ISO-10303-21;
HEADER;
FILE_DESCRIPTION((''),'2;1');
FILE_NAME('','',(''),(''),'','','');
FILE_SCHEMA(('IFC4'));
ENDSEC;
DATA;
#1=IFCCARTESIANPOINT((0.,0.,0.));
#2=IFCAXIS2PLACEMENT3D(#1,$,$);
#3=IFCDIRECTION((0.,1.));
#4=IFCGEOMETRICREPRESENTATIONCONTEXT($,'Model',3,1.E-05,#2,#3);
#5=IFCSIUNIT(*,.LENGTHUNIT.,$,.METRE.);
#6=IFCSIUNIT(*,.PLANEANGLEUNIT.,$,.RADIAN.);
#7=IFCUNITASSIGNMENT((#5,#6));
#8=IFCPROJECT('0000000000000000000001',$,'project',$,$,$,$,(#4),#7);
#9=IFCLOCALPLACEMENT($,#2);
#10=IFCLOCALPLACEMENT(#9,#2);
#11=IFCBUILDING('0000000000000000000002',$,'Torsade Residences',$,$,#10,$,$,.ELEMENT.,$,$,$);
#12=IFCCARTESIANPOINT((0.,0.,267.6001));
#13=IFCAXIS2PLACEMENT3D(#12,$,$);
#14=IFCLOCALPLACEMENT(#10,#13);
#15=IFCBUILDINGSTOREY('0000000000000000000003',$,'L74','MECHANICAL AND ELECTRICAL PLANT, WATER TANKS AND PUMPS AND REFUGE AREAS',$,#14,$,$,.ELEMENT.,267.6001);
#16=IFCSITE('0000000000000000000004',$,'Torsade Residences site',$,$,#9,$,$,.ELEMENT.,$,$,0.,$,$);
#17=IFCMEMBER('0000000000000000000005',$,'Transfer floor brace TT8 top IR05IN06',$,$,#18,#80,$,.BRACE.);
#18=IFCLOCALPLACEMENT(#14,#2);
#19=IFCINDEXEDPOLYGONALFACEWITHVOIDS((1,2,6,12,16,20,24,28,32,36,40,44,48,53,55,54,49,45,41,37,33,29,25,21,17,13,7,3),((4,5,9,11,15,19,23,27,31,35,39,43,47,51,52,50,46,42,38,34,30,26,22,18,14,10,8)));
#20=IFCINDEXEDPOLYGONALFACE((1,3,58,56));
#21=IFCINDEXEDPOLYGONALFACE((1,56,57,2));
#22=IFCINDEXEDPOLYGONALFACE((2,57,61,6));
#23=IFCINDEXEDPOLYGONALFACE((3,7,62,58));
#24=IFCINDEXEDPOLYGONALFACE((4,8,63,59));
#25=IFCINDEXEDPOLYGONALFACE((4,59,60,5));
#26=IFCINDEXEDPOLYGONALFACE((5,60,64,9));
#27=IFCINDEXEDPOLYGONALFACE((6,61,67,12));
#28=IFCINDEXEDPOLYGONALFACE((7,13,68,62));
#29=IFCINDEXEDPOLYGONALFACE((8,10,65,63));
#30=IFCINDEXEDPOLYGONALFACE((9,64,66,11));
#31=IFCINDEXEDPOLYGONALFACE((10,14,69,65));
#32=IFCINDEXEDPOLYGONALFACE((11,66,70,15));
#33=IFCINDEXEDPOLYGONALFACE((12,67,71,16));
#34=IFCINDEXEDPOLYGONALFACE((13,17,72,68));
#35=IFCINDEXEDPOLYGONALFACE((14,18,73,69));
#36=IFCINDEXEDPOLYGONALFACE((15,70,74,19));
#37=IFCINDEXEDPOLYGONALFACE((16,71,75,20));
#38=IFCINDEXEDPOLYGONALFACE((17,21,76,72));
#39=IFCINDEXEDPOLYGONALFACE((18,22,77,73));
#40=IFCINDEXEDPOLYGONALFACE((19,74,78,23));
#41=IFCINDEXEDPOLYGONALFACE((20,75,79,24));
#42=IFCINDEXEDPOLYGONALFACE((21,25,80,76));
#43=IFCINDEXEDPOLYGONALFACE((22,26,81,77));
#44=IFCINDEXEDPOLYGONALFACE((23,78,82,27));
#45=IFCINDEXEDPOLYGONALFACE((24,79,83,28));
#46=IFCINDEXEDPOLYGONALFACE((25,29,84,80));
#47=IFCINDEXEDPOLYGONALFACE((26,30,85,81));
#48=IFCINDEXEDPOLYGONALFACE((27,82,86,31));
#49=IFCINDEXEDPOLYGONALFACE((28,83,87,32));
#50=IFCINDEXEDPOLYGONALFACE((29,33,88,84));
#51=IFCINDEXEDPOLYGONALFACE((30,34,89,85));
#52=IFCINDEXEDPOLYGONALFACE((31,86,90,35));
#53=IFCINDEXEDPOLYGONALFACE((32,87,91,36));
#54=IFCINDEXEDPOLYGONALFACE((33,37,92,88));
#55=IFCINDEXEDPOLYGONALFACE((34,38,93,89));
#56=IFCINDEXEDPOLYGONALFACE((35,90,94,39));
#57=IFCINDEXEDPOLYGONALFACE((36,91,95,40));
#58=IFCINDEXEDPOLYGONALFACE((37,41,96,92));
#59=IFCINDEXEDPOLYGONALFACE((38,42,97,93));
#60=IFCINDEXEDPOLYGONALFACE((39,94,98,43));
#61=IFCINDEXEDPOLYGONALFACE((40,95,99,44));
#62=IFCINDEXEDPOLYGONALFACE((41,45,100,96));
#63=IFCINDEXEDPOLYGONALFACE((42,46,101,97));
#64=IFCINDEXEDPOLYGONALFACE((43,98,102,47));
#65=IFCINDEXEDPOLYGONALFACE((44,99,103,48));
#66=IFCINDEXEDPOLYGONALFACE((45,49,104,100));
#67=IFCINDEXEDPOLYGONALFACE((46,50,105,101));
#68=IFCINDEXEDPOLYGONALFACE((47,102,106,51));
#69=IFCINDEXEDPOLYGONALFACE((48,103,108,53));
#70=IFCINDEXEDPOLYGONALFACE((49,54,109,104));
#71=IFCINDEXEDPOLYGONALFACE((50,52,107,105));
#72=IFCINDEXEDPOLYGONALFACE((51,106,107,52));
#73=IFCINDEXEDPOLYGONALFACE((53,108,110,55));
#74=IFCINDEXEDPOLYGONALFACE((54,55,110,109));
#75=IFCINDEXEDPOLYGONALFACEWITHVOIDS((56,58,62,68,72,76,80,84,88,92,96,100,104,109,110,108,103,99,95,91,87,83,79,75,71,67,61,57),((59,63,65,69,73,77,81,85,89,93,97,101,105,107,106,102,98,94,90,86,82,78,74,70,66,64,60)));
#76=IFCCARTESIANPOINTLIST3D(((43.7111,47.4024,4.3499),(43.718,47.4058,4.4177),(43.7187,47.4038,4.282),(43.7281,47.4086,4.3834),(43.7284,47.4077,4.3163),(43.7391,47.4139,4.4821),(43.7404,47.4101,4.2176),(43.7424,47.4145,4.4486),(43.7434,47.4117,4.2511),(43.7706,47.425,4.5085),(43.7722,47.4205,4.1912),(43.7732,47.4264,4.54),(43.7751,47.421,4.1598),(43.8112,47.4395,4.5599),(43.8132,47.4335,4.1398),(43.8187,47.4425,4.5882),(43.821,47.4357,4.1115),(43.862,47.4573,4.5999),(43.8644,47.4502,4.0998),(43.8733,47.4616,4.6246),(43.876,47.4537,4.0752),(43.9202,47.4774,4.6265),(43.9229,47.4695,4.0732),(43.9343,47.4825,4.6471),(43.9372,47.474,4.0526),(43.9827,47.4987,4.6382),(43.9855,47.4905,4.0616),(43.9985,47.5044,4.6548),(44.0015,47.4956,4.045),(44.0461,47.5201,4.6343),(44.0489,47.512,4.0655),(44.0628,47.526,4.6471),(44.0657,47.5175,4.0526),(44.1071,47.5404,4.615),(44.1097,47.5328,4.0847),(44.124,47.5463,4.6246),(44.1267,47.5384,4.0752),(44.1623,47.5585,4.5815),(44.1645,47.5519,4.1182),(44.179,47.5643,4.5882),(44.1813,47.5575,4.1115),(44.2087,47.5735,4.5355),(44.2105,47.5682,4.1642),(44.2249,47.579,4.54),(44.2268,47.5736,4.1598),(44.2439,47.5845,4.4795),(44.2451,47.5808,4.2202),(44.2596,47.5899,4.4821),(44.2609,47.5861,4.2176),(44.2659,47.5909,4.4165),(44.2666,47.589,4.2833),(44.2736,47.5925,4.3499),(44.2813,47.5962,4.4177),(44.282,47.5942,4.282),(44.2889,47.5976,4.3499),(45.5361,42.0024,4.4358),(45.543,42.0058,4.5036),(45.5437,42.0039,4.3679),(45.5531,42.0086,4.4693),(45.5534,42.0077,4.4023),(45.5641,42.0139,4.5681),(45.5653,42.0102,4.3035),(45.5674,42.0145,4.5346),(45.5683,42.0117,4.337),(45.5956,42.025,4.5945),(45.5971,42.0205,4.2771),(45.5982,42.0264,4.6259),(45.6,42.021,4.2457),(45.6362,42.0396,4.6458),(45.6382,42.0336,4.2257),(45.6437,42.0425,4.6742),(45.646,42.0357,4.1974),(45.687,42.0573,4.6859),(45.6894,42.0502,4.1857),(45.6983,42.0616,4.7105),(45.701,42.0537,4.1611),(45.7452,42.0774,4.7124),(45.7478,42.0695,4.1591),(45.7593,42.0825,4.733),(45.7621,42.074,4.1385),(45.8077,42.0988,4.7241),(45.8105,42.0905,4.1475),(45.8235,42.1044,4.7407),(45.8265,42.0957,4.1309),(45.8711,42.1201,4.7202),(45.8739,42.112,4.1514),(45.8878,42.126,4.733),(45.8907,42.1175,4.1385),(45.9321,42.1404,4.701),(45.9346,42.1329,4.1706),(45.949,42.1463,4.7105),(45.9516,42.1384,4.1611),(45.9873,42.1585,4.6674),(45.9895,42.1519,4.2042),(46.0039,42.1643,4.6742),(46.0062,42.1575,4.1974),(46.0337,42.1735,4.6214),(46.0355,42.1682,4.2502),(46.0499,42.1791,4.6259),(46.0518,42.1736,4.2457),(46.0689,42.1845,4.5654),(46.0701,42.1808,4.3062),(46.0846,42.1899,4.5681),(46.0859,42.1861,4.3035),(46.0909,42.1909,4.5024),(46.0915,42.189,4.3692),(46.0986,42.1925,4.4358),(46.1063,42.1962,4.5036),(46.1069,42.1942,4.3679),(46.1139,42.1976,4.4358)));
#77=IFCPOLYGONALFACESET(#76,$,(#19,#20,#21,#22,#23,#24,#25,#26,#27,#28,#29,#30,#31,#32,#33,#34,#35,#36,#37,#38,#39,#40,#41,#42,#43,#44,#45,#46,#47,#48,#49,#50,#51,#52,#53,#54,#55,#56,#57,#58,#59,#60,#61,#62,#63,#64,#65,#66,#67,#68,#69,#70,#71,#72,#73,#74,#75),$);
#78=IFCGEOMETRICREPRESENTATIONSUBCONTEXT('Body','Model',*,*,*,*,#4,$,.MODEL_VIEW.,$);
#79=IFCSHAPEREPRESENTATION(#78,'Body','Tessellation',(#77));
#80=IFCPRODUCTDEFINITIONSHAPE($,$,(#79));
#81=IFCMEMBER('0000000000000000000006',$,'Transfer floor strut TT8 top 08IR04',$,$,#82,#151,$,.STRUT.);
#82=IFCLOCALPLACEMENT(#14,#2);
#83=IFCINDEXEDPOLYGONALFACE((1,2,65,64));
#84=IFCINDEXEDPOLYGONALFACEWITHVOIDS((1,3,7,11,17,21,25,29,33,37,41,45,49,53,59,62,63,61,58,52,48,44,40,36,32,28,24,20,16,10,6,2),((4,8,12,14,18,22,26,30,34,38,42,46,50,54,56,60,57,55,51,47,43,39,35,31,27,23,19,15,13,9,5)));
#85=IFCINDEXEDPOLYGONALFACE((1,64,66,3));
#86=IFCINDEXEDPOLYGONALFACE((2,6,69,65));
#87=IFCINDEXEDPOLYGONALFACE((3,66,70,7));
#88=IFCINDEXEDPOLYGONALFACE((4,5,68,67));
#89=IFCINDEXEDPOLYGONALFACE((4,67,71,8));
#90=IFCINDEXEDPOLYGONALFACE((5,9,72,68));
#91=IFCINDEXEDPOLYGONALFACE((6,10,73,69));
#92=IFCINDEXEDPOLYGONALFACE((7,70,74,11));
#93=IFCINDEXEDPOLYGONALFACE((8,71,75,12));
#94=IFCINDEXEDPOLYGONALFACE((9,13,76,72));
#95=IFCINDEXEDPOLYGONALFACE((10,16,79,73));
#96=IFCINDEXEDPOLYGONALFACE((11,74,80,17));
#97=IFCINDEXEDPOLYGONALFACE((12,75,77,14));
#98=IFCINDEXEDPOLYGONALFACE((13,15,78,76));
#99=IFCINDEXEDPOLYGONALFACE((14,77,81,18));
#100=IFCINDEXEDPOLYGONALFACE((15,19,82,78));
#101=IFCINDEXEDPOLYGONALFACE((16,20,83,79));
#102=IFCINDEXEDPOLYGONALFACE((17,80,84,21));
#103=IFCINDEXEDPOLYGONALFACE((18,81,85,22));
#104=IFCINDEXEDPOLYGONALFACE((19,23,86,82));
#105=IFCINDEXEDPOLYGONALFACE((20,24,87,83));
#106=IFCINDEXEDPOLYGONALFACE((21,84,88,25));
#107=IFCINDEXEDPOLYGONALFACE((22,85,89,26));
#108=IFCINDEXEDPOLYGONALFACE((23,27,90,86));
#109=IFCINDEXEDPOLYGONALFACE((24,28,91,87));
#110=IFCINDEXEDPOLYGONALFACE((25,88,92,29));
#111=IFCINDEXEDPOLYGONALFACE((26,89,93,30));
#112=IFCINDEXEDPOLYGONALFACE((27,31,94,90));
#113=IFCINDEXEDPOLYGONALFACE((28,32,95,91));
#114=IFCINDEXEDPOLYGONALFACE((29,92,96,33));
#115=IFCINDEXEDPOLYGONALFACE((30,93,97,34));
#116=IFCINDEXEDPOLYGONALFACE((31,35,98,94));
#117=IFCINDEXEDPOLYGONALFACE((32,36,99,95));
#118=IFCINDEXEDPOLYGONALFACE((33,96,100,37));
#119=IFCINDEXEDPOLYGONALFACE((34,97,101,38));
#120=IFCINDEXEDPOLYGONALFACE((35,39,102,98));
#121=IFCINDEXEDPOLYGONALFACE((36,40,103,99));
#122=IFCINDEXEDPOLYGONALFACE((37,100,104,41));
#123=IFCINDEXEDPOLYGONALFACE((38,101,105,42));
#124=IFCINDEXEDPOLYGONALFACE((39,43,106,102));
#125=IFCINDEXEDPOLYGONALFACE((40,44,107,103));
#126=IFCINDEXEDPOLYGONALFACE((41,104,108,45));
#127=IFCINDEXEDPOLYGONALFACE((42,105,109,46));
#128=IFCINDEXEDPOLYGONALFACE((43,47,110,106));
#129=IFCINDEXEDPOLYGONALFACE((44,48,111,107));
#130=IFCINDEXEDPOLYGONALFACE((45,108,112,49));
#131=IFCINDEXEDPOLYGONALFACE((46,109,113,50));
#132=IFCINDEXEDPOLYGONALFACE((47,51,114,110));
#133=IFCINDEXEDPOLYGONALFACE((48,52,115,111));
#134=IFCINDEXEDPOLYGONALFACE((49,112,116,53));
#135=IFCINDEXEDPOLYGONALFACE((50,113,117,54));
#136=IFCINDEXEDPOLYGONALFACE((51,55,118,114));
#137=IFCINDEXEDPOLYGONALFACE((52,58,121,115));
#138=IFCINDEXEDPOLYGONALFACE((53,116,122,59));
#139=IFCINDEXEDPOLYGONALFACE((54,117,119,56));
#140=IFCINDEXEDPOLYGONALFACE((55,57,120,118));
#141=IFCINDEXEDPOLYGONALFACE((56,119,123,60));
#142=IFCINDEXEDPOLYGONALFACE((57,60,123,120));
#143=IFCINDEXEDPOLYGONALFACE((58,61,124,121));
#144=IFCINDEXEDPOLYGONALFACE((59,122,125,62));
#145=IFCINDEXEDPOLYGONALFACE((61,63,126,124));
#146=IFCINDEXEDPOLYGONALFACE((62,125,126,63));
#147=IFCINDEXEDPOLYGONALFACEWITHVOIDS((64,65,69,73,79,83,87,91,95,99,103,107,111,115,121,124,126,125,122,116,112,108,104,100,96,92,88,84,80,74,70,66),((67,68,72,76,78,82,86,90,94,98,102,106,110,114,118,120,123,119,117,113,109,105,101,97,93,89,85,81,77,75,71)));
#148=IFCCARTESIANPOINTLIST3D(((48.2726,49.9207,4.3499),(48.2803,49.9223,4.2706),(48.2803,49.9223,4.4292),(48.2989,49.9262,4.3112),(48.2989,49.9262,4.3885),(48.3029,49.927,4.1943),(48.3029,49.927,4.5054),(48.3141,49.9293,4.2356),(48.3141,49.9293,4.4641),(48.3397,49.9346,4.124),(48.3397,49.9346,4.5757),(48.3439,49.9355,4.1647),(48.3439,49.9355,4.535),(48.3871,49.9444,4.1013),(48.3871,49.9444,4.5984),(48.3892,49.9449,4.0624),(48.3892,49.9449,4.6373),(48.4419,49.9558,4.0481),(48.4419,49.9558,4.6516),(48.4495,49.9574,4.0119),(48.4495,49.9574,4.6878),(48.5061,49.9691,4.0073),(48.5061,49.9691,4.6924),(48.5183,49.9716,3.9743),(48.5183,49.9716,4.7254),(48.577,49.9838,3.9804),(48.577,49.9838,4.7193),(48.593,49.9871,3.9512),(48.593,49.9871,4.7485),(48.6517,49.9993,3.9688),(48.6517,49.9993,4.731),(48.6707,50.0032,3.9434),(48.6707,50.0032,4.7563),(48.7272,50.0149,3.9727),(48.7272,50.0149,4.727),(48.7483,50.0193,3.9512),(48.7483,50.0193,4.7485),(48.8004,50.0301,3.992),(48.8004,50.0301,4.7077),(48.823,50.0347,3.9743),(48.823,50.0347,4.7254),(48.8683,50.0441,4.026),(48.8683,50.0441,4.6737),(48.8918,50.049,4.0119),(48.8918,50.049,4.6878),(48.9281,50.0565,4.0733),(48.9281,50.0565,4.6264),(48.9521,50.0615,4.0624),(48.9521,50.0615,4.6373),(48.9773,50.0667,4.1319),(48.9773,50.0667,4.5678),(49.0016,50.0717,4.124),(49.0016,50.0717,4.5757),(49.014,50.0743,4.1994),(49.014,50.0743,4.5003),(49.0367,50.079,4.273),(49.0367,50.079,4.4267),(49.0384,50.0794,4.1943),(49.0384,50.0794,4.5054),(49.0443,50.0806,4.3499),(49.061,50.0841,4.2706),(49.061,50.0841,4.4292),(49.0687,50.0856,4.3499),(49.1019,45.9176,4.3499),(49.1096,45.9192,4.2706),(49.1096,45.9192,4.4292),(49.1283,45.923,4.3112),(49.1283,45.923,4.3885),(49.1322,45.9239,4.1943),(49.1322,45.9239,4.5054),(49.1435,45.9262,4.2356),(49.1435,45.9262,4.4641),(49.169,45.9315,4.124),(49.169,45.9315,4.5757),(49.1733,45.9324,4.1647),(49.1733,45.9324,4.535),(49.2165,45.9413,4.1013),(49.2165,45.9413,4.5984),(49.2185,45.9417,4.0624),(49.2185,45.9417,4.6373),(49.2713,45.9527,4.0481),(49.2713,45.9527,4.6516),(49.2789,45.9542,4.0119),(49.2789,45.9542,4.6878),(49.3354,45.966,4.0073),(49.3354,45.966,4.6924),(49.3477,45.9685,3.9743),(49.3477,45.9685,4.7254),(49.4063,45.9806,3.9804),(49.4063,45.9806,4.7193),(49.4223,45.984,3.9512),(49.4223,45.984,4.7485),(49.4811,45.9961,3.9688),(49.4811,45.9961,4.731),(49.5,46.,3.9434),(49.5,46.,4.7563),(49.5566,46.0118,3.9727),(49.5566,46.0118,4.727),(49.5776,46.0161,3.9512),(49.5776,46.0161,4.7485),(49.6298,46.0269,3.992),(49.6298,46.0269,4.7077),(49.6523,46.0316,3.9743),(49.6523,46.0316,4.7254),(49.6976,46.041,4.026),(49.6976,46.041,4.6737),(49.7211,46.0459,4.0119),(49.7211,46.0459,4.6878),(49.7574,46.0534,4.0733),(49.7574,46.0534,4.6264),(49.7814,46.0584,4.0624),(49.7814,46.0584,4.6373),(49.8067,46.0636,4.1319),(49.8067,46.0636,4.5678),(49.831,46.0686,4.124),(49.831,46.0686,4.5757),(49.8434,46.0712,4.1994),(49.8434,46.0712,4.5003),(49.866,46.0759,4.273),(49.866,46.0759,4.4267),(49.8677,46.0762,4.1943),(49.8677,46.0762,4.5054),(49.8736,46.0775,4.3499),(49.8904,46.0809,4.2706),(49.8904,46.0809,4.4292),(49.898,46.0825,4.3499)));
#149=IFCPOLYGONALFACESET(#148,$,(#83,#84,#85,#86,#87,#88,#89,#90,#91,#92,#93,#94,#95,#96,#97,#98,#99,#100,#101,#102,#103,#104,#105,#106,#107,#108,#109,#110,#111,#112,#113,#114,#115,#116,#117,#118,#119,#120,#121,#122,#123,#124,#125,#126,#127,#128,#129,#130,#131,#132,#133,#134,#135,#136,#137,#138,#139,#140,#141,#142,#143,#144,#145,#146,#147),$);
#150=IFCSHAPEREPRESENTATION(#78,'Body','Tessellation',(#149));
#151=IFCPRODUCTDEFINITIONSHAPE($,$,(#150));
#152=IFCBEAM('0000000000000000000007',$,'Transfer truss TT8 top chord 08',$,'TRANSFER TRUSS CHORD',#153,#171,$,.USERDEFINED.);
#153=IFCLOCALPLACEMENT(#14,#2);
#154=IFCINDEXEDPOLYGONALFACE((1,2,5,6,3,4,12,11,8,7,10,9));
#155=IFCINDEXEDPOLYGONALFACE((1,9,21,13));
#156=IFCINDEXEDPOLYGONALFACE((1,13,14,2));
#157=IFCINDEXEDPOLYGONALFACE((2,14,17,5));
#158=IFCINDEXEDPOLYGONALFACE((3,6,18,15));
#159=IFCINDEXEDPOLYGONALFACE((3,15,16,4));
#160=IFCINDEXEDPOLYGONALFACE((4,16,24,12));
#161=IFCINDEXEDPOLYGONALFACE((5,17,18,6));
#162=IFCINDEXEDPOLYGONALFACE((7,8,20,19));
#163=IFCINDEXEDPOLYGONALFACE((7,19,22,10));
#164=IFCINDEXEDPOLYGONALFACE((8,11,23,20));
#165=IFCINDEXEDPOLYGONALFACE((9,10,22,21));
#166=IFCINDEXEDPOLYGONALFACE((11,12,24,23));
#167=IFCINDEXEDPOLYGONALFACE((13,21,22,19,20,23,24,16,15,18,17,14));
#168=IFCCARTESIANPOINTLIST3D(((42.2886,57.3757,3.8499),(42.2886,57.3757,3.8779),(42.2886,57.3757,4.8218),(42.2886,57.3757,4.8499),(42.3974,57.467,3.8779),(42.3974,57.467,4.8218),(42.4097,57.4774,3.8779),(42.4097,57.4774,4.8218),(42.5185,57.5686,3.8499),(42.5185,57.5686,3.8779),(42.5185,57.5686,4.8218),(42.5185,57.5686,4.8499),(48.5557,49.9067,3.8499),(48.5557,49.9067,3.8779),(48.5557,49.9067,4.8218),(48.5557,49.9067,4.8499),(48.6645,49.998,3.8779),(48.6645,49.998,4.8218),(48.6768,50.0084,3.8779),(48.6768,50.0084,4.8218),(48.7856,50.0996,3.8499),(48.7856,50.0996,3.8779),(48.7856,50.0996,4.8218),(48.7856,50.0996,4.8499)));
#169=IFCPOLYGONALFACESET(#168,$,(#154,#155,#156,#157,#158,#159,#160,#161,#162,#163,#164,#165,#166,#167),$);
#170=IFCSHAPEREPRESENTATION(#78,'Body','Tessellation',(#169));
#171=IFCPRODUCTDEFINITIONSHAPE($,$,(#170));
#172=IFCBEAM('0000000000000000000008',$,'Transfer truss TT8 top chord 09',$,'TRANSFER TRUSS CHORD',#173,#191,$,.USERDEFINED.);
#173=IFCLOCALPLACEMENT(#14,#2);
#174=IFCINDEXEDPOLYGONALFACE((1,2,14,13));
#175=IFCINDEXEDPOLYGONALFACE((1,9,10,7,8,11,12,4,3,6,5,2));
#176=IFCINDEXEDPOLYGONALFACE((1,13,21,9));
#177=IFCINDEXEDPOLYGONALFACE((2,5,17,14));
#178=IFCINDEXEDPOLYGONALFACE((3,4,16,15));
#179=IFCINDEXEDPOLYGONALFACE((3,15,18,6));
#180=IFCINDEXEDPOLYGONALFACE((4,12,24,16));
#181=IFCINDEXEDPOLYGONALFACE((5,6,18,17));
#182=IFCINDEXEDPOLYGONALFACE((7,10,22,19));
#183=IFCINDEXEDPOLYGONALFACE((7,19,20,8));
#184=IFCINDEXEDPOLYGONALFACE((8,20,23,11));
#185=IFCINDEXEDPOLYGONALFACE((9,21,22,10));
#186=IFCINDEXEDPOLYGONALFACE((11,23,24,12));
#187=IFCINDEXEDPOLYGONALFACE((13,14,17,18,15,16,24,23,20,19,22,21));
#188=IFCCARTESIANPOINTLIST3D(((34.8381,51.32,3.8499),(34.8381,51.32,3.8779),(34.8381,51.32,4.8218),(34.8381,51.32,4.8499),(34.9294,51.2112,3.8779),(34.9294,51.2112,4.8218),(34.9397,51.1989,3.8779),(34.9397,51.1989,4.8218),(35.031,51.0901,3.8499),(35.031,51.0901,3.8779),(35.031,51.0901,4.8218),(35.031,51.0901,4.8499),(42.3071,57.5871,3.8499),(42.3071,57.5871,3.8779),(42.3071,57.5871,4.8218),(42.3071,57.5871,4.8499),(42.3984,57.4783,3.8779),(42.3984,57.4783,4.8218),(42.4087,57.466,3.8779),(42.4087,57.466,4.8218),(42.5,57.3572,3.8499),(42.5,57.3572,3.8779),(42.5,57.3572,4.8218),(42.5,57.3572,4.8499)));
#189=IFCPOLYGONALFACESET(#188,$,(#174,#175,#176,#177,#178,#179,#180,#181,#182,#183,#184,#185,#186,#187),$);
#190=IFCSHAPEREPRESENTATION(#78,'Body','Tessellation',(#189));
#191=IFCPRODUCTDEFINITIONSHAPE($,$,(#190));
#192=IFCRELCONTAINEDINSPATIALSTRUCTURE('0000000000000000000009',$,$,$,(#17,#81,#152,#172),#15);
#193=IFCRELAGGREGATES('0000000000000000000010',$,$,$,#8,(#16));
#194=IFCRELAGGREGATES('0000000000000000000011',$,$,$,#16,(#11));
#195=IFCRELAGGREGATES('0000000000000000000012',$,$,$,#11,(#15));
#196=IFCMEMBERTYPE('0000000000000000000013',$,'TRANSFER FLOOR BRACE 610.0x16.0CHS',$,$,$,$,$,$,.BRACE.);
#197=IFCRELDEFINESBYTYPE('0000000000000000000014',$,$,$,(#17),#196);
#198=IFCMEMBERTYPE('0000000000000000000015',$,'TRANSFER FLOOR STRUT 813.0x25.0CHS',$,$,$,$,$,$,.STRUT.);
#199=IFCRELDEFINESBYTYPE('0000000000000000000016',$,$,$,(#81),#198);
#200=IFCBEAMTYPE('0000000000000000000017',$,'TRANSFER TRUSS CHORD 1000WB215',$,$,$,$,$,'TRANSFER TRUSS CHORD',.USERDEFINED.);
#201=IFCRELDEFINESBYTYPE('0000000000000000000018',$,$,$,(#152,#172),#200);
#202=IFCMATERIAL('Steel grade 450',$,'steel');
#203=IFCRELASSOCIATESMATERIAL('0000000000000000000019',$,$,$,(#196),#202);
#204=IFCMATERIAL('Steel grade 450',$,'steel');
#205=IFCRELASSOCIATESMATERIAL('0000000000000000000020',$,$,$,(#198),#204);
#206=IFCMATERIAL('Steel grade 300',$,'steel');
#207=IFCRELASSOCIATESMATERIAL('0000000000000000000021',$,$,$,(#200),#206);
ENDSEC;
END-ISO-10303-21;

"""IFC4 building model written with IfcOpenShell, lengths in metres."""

from ifc_helpers import new_model, si_unit, direction, frame, origin, origin_2d, place, context, subcontext, project, spatial, hollow_circle, i_section, extrude, material, material_profile, profile_set, type_object, element, save


model = new_model("IFC4")

# Units and contexts
model_context = context("Model", 3, precision=1e-05, world=origin(), true_north=direction((0.0, 1.0)))
body_context = subcontext(model_context, "Body", "Model", "MODEL_VIEW")
ifc_project = project(units=[si_unit("LENGTHUNIT", "METRE"), si_unit("PLANEANGLEUNIT", "RADIAN")], contexts=[model_context])

# Site, building, storey
site_placement = place(None, origin())
site = spatial("IfcSite", under=ifc_project, at=site_placement, Name="Torsade Residences site", CompositionType="ELEMENT", RefElevation=0.0)
building_placement = place(site_placement, origin())
building = spatial("IfcBuilding", under=site, at=building_placement, Name="Torsade Residences", CompositionType="ELEMENT")
storey_placement = place(building_placement, frame((0.0, 0.0, 267.6001)))
storey = spatial("IfcBuildingStorey", under=building, at=storey_placement, Name="L74", Description="MECHANICAL AND ELECTRICAL PLANT, WATER TANKS AND PUMPS AND REFUGE AREAS", CompositionType="ELEMENT", Elevation=267.6001)

# Members
ifc_material_1 = material(Name="Steel grade 450", Category="steel")
ifc_material_profile_1 = material_profile(ifc_material_1, hollow_circle(Radius=0.3049, WallThickness=0.0161, at=origin_2d()), Name="610.0x16.0CHS")
ifc_profile_set_1 = profile_set([ifc_material_profile_1], Name="Steel grade 450")
member_type_1 = type_object("IfcMemberType", Name="TRANSFER FLOOR BRACE 610.0x16.0CHS", PredefinedType="BRACE", material=ifc_profile_set_1)
member_1_placement = place(storey_placement, frame((44.0, 47.5, 4.3499), z_axis=(0.320133, -0.947252, 0.015075), x_axis=(0.94736, 0.32017, 0.0)))
element("IfcMember", 1, at=member_1_placement, inside=storey, type_object=member_type_1, Name="Transfer floor brace TT8 top IR05IN06", PredefinedType="BRACE", context=body_context, shape_type="SweptSolid", body=[
    extrude(hollow_circle(Radius=0.3049, WallThickness=0.0161, at=origin_2d()), origin(), (0.0, 0.0, 1.0), 5.7007),
])
ifc_material_2 = material(Name="Steel grade 450", Category="steel")
ifc_material_profile_2 = material_profile(ifc_material_2, hollow_circle(Radius=0.4065, WallThickness=0.0249, at=origin_2d()), Name="813.0x25.0CHS")
ifc_profile_set_2 = profile_set([ifc_material_profile_2], Name="Steel grade 450")
member_type_2 = type_object("IfcMemberType", Name="TRANSFER FLOOR STRUT 813.0x25.0CHS", PredefinedType="STRUT", material=ifc_profile_set_2)
member_2_placement = place(storey_placement, frame((48.6707, 50.0032, 4.3499), z_axis=(0.202864, -0.979207, 0.0), x_axis=(0.979207, 0.202864, 0.0)))
element("IfcMember", 2, at=member_2_placement, inside=storey, type_object=member_type_2, Name="Transfer floor strut TT8 top 08IR04", PredefinedType="STRUT", context=body_context, shape_type="SweptSolid", body=[
    extrude(hollow_circle(Radius=0.4065, WallThickness=0.0249, at=origin_2d()), origin(), (0.0, 0.0, 1.0), 4.0881),
])

# Beams
ifc_material_3 = material(Name="Steel grade 300", Category="steel")
ifc_material_profile_3 = material_profile(ifc_material_3, i_section(OverallWidth=0.3, OverallDepth=1.0, WebThickness=0.0161, FlangeThickness=0.0281, at=origin_2d()), Name="1000WB215")
ifc_profile_set_3 = profile_set([ifc_material_profile_3], Name="Steel grade 300")
beam_type_1 = type_object("IfcBeamType", Name="TRANSFER TRUSS CHORD 1000WB215", ElementType="TRANSFER TRUSS CHORD", PredefinedType="USERDEFINED", material=ifc_profile_set_3)
for number, where, z_axis, x_axis, name in (
    (3, (48.6707, 50.0032, 4.3499), (-0.642779, 0.766052, 0.0), (-0.766052, -0.642779, 0.0), "Transfer truss TT8 top chord 08"),
    (4, (42.4036, 57.4722, 4.3499), (-0.766052, -0.642779, 0.0), (0.642779, -0.766052, 0.0), "Transfer truss TT8 top chord 09"),
):
    element("IfcBeam", number, at=place(storey_placement, frame(where, z_axis=z_axis, x_axis=x_axis)), inside=storey, type_object=beam_type_1, Name=name, ObjectType="TRANSFER TRUSS CHORD", PredefinedType="USERDEFINED", context=body_context, shape_type="SweptSolid", body=[
        extrude(i_section(OverallWidth=0.3, OverallDepth=1.0, WebThickness=0.0161, FlangeThickness=0.0281, at=origin_2d()), origin(), (0.0, 0.0, 1.0), 9.75),
    ])

save(model, "model.ifc")
